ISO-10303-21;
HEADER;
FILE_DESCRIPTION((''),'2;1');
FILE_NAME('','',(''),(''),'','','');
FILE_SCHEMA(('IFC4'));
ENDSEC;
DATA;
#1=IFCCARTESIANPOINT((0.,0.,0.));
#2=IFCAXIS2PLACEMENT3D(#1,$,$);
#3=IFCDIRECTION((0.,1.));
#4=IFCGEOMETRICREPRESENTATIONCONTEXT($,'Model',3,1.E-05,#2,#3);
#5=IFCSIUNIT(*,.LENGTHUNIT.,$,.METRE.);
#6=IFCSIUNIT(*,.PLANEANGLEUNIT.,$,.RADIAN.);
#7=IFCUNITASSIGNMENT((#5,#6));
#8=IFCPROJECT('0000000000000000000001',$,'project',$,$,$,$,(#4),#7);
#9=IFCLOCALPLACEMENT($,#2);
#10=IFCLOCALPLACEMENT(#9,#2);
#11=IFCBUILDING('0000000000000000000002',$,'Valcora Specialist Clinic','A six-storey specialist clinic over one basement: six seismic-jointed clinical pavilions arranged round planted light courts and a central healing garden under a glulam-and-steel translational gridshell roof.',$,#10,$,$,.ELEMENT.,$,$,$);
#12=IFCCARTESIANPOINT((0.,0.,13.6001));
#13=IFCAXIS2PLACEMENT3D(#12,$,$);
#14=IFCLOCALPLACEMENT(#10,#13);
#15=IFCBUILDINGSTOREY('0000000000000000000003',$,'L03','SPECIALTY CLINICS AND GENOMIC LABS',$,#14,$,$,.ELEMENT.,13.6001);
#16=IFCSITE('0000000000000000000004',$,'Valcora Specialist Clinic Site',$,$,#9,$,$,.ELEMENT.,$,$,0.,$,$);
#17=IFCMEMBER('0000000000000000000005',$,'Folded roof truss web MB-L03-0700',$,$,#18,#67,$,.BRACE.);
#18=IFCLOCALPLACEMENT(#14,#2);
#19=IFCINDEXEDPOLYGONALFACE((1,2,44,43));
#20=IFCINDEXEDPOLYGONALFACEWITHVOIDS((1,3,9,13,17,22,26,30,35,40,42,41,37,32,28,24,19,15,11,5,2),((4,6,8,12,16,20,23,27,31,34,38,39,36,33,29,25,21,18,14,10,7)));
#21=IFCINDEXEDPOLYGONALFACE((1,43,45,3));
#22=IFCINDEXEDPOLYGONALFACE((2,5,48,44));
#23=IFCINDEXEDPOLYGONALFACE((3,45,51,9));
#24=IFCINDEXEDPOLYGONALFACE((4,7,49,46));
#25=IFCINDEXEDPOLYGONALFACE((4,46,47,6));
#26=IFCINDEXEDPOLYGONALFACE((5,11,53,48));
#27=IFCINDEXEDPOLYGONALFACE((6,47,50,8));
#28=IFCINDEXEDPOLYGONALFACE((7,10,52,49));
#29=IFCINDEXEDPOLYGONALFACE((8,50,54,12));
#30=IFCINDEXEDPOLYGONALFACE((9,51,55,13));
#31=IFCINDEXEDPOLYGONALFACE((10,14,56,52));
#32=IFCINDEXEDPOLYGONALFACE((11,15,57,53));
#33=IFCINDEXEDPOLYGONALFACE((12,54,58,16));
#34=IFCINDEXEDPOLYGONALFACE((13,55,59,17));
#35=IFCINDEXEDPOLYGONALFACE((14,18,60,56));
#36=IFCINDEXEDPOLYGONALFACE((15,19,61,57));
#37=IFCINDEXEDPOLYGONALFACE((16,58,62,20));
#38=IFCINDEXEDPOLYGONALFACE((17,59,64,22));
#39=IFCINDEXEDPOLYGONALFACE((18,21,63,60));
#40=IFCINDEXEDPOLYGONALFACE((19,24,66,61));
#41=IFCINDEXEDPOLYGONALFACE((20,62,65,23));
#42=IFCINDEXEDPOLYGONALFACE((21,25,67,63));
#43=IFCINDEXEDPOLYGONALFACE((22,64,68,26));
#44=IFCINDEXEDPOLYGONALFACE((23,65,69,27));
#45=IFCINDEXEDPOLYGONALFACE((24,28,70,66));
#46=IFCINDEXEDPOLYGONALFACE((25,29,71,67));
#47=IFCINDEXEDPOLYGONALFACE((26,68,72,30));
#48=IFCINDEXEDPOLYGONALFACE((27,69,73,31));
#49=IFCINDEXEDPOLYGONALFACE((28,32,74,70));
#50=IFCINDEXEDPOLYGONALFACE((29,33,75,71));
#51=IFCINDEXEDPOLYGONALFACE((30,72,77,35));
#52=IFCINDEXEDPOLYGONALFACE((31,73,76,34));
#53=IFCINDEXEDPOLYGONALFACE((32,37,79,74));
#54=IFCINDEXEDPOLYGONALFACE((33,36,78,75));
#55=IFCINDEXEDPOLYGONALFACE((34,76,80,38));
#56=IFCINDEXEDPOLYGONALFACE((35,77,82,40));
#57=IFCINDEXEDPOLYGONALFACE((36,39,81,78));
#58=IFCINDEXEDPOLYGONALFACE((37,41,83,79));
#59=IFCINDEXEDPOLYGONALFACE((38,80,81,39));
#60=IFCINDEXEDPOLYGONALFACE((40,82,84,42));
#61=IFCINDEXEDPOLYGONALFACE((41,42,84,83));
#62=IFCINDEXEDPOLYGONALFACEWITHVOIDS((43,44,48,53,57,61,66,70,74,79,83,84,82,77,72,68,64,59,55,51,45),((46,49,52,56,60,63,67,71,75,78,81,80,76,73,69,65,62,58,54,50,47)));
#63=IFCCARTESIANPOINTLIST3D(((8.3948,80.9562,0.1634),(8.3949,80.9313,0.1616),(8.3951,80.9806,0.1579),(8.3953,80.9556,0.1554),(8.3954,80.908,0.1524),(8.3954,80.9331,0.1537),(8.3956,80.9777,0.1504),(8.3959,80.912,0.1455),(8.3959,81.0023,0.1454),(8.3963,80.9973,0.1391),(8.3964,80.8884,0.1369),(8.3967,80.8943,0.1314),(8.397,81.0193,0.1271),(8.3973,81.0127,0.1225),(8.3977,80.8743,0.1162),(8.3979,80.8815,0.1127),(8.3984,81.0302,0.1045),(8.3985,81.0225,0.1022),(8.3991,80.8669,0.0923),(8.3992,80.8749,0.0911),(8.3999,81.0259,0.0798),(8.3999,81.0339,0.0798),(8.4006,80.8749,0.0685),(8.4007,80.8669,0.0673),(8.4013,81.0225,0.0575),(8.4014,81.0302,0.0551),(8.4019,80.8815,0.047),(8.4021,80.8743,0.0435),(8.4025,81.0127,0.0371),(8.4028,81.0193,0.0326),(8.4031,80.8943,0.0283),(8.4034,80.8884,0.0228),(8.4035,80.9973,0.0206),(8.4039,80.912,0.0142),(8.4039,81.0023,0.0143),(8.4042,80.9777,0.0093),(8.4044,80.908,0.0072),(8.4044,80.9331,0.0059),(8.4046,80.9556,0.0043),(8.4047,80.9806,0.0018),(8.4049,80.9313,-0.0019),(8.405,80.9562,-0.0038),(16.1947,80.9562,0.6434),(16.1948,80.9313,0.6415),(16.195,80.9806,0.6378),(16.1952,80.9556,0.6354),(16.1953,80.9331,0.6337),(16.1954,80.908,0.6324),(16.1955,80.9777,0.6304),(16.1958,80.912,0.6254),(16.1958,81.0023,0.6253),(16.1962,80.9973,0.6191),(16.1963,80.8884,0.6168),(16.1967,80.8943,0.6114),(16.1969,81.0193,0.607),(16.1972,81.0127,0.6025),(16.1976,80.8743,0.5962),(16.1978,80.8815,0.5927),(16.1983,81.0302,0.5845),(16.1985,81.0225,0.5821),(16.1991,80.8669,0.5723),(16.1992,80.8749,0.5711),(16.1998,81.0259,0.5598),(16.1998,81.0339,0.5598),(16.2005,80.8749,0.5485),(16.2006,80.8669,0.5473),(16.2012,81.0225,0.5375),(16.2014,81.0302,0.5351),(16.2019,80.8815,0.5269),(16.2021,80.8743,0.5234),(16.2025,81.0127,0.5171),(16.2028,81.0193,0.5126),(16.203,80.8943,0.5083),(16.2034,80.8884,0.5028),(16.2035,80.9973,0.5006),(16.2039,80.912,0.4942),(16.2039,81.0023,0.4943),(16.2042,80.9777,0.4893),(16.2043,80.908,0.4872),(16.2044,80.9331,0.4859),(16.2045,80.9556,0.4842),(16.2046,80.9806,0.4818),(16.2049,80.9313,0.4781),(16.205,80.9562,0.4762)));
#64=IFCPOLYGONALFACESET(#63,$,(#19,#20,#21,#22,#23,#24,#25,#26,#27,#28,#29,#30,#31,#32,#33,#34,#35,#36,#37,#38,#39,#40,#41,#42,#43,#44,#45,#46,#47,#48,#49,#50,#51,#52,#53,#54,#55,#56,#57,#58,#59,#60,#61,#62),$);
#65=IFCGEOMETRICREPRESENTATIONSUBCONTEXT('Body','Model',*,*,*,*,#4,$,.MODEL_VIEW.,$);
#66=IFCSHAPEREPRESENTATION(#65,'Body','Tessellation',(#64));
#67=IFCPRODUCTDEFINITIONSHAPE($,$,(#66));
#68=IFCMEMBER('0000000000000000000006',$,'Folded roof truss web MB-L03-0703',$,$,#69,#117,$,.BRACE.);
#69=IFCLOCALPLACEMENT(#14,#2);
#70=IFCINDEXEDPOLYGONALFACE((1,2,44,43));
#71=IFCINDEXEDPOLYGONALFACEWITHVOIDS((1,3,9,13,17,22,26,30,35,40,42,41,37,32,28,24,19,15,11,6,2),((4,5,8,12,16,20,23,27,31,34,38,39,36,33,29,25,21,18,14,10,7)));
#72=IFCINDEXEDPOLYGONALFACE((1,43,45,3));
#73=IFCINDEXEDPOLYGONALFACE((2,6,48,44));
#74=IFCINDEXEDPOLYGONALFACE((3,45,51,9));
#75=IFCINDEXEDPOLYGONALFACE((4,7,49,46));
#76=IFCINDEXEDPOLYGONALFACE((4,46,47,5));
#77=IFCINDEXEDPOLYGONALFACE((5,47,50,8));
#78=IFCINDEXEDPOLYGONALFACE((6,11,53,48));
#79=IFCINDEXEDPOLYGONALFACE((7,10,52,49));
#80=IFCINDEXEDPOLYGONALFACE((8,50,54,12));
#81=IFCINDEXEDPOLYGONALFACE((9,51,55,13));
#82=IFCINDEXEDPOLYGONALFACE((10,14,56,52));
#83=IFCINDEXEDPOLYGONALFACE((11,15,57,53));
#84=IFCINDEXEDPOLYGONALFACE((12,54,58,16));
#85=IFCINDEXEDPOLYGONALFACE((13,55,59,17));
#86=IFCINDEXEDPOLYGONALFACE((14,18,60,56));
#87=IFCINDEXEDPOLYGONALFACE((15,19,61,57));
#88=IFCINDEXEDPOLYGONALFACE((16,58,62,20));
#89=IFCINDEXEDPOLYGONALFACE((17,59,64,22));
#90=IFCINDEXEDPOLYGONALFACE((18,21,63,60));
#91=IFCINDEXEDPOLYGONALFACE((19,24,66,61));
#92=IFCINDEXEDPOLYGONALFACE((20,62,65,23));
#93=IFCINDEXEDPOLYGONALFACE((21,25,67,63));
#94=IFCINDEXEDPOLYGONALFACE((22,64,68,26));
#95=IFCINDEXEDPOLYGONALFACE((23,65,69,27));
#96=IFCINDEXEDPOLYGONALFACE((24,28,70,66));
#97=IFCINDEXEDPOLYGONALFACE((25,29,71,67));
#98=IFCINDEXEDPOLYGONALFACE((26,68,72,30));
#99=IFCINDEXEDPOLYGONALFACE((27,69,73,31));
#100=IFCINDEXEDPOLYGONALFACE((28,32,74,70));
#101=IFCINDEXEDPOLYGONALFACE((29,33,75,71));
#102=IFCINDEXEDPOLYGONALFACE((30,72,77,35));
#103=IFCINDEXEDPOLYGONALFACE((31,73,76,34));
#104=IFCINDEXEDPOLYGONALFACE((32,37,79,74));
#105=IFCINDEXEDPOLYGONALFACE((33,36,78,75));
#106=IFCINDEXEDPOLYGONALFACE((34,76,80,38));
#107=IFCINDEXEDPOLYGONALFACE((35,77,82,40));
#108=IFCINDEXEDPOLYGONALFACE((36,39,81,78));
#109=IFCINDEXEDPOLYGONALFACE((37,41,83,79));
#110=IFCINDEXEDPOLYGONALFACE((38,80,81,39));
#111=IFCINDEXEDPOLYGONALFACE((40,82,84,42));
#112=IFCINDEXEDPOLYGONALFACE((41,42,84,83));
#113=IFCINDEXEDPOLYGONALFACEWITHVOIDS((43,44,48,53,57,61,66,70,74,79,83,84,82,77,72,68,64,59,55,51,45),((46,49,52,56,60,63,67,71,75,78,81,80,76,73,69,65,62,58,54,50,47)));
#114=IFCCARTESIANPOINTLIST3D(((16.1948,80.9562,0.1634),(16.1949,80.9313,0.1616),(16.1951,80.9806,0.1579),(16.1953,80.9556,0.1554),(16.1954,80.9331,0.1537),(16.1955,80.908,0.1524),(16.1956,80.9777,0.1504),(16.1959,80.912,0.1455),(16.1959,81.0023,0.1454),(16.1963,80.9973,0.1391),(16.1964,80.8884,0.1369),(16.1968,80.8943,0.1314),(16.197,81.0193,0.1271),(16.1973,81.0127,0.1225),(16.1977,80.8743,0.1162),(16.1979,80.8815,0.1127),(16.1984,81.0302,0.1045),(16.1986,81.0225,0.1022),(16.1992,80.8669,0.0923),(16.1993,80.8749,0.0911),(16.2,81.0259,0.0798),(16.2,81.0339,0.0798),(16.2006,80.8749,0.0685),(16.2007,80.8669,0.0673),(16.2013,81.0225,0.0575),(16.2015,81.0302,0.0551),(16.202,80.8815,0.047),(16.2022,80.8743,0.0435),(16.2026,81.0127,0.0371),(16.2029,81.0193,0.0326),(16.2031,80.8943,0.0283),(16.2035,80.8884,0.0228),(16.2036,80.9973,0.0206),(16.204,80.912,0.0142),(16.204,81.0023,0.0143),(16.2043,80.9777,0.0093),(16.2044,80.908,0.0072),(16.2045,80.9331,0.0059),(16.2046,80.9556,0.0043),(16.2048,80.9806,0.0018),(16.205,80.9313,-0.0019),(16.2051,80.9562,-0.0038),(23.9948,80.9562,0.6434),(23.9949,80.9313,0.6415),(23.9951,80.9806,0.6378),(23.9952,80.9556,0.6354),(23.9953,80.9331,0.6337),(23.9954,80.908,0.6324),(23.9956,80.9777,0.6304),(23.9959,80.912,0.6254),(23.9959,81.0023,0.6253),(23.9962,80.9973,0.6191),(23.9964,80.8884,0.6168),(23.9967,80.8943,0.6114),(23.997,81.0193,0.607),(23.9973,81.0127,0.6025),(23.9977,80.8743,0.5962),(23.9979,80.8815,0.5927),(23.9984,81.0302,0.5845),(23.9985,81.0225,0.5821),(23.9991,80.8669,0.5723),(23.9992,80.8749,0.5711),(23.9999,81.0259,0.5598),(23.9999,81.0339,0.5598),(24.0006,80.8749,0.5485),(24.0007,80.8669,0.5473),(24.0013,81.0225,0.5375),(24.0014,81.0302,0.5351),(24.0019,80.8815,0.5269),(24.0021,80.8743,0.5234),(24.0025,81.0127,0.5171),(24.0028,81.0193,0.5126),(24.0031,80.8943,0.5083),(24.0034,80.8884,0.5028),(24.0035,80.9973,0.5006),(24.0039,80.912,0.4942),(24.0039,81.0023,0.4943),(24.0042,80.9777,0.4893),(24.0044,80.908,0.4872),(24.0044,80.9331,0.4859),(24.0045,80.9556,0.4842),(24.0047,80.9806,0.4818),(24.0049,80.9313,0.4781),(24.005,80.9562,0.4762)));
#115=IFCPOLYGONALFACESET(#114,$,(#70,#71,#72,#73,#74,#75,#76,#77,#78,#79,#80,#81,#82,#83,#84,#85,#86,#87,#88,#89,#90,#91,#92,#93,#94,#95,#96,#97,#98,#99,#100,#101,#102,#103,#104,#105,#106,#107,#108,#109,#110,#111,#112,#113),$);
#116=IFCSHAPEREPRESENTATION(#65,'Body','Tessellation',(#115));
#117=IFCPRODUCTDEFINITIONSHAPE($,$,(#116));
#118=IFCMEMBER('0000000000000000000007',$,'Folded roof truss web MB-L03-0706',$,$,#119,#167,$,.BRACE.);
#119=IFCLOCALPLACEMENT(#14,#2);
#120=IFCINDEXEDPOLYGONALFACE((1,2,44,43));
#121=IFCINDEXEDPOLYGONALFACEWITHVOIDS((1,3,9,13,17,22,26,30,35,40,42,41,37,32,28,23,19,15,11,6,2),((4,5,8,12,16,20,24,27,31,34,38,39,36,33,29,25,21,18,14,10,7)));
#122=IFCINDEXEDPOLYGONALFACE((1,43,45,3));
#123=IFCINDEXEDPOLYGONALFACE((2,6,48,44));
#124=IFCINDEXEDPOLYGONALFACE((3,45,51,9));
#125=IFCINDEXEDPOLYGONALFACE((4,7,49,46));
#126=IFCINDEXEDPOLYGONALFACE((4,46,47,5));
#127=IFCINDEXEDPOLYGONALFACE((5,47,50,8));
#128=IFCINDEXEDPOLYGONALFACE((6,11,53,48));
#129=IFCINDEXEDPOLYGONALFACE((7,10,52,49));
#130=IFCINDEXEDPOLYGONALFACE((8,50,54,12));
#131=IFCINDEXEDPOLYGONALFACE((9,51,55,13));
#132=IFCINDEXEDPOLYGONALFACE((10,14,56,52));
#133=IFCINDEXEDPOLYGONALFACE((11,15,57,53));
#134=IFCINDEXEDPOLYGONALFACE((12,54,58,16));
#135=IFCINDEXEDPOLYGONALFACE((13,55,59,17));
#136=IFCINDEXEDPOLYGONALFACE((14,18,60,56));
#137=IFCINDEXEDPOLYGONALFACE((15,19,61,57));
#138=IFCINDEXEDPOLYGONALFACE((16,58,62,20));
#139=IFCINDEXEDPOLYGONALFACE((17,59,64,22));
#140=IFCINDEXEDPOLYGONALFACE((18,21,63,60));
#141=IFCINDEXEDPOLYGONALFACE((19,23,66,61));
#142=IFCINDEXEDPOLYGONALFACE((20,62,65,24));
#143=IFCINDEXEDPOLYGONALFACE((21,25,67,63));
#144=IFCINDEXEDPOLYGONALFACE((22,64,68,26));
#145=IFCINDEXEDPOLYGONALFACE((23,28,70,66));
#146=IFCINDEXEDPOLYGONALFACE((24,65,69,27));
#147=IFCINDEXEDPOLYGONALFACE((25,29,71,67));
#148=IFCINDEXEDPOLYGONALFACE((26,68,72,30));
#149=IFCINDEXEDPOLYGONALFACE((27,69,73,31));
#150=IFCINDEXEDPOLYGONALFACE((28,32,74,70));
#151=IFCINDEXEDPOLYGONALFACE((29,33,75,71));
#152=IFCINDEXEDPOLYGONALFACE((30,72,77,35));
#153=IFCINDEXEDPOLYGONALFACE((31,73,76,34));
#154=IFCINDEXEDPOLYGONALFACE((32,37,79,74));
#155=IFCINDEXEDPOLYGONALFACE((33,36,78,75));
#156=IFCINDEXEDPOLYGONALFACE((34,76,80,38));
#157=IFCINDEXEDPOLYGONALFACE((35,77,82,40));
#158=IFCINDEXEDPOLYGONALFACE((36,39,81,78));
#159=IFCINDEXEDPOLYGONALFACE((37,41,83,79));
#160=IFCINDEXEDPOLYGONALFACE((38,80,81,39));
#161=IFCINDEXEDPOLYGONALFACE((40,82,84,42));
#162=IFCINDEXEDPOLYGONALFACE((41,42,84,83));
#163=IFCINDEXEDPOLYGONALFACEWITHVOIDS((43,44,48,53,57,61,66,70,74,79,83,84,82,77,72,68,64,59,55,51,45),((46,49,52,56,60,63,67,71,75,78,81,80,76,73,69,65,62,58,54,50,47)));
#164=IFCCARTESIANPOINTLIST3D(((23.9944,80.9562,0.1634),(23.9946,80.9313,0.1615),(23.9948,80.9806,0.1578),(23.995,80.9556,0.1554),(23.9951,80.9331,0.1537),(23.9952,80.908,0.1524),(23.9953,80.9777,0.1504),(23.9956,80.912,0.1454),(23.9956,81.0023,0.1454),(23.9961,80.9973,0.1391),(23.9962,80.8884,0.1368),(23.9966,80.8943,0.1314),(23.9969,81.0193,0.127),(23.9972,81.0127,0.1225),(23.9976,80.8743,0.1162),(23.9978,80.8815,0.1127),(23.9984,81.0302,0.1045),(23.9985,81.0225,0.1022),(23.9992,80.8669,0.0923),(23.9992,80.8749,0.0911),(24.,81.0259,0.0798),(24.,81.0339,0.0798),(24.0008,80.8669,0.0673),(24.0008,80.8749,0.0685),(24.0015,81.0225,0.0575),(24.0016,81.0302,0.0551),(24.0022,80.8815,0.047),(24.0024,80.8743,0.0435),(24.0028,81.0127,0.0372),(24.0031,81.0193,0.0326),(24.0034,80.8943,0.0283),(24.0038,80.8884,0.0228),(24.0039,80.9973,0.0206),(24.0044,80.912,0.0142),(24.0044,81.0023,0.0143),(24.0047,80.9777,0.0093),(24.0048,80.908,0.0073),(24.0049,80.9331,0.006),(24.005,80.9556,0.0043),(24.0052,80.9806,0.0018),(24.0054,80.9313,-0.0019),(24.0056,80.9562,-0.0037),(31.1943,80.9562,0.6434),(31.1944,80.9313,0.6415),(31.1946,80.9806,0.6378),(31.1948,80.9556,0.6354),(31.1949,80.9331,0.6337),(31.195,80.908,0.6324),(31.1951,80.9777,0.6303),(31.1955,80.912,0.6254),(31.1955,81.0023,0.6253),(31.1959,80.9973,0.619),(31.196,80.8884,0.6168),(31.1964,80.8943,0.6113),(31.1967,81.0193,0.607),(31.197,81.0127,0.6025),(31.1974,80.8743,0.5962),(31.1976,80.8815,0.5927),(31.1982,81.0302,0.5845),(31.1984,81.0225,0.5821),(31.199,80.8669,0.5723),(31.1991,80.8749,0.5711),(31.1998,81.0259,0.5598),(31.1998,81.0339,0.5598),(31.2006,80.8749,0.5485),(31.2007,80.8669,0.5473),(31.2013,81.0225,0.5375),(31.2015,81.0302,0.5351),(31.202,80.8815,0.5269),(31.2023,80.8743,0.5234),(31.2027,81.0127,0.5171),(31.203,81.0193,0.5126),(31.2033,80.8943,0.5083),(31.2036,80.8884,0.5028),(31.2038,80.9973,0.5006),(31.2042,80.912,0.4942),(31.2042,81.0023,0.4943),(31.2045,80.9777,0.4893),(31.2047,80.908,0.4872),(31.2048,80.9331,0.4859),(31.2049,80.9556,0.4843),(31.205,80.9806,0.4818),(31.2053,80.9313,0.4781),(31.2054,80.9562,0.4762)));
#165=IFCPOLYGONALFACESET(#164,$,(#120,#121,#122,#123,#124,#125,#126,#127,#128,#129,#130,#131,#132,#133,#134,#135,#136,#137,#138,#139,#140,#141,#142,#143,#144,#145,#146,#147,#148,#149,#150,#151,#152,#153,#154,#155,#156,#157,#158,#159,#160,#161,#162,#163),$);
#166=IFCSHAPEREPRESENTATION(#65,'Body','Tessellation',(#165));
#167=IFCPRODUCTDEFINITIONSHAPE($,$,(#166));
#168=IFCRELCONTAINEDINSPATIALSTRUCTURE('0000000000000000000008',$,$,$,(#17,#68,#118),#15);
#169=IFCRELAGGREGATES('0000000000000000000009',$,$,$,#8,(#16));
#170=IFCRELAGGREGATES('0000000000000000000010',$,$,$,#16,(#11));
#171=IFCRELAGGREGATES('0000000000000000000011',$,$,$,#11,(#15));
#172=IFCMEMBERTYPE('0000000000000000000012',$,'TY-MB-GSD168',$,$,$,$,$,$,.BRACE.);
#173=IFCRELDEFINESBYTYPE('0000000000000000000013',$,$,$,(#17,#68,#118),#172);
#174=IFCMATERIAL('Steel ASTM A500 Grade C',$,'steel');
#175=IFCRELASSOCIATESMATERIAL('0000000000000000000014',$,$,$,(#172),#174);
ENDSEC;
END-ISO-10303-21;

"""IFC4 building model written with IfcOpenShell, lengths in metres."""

from ifc_helpers import new_model, si_unit, direction, frame, origin, origin_2d, place, context, subcontext, project, spatial, hollow_circle, extrude, material, material_profile, profile_set, type_object, element, save


model = new_model("IFC4")

# Units and contexts
model_context = context("Model", 3, precision=1e-05, world=origin(), true_north=direction((0.0, 1.0)))
body_context = subcontext(model_context, "Body", "Model", "MODEL_VIEW")
ifc_project = project(units=[si_unit("LENGTHUNIT", "METRE"), si_unit("PLANEANGLEUNIT", "RADIAN")], contexts=[model_context])

# Site, building, storey
site_placement = place(None, origin())
site = spatial("IfcSite", under=ifc_project, at=site_placement, Name="Valcora Specialist Clinic Site", CompositionType="ELEMENT", RefElevation=0.0)
building_placement = place(site_placement, origin())
building = spatial("IfcBuilding", under=site, at=building_placement, Name="Valcora Specialist Clinic", Description="A six-storey specialist clinic over one basement: six seismic-jointed clinical pavilions arranged round planted light courts and a central healing garden under a glulam-and-steel translational gridshell roof.", CompositionType="ELEMENT")
storey_placement = place(building_placement, frame((0.0, 0.0, 13.6001)))
storey = spatial("IfcBuildingStorey", under=building, at=storey_placement, Name="L03", Description="SPECIALTY CLINICS AND GENOMIC LABS", CompositionType="ELEMENT", Elevation=13.6001)

# Shared definitions
ifc_material_1 = material(Name="Steel ASTM A500 Grade C", Category="steel")

# Members
ifc_material_profile_1 = material_profile(ifc_material_1, hollow_circle(Radius=0.084, WallThickness=0.0081, at=origin_2d()), Name="ST-CHS-168X8")
ifc_profile_set_1 = profile_set([ifc_material_profile_1], Name="Steel ASTM A500 Grade C")
member_type_1 = type_object("IfcMemberType", Name="TY-MB-GSD168", PredefinedType="BRACE", material=ifc_profile_set_1)
for number, where, z_axis, x_axis, name in (
    (1, (8.3999, 80.95, 0.0798), (0.998112, 0.0, 0.061419), (0.0, 1.0, 0.0), "Folded roof truss web MB-L03-0700"),
    (2, (16.2, 80.95, 0.0798), (0.998112, 0.0, 0.061419), (0.0, 1.0, 0.0), "Folded roof truss web MB-L03-0703"),
):
    element("IfcMember", number, at=place(storey_placement, frame(where, z_axis=z_axis, x_axis=x_axis)), inside=storey, type_object=member_type_1, Name=name, PredefinedType="BRACE", context=body_context, shape_type="SweptSolid", body=[
        extrude(hollow_circle(Radius=0.084, WallThickness=0.0081, at=origin_2d()), origin(), (0.0, 0.0, 1.0), 7.8147),
    ])
member_1_placement = place(storey_placement, frame((24.0, 80.95, 0.0798), z_axis=(0.997785, 0.0, 0.066517), x_axis=(0.0, 1.0, 0.0)))
element("IfcMember", 3, at=member_1_placement, inside=storey, type_object=member_type_1, Name="Folded roof truss web MB-L03-0706", PredefinedType="BRACE", context=body_context, shape_type="SweptSolid", body=[
    extrude(hollow_circle(Radius=0.084, WallThickness=0.0081, at=origin_2d()), origin(), (0.0, 0.0, 1.0), 7.2158),
])

save(model, "model.ifc")
